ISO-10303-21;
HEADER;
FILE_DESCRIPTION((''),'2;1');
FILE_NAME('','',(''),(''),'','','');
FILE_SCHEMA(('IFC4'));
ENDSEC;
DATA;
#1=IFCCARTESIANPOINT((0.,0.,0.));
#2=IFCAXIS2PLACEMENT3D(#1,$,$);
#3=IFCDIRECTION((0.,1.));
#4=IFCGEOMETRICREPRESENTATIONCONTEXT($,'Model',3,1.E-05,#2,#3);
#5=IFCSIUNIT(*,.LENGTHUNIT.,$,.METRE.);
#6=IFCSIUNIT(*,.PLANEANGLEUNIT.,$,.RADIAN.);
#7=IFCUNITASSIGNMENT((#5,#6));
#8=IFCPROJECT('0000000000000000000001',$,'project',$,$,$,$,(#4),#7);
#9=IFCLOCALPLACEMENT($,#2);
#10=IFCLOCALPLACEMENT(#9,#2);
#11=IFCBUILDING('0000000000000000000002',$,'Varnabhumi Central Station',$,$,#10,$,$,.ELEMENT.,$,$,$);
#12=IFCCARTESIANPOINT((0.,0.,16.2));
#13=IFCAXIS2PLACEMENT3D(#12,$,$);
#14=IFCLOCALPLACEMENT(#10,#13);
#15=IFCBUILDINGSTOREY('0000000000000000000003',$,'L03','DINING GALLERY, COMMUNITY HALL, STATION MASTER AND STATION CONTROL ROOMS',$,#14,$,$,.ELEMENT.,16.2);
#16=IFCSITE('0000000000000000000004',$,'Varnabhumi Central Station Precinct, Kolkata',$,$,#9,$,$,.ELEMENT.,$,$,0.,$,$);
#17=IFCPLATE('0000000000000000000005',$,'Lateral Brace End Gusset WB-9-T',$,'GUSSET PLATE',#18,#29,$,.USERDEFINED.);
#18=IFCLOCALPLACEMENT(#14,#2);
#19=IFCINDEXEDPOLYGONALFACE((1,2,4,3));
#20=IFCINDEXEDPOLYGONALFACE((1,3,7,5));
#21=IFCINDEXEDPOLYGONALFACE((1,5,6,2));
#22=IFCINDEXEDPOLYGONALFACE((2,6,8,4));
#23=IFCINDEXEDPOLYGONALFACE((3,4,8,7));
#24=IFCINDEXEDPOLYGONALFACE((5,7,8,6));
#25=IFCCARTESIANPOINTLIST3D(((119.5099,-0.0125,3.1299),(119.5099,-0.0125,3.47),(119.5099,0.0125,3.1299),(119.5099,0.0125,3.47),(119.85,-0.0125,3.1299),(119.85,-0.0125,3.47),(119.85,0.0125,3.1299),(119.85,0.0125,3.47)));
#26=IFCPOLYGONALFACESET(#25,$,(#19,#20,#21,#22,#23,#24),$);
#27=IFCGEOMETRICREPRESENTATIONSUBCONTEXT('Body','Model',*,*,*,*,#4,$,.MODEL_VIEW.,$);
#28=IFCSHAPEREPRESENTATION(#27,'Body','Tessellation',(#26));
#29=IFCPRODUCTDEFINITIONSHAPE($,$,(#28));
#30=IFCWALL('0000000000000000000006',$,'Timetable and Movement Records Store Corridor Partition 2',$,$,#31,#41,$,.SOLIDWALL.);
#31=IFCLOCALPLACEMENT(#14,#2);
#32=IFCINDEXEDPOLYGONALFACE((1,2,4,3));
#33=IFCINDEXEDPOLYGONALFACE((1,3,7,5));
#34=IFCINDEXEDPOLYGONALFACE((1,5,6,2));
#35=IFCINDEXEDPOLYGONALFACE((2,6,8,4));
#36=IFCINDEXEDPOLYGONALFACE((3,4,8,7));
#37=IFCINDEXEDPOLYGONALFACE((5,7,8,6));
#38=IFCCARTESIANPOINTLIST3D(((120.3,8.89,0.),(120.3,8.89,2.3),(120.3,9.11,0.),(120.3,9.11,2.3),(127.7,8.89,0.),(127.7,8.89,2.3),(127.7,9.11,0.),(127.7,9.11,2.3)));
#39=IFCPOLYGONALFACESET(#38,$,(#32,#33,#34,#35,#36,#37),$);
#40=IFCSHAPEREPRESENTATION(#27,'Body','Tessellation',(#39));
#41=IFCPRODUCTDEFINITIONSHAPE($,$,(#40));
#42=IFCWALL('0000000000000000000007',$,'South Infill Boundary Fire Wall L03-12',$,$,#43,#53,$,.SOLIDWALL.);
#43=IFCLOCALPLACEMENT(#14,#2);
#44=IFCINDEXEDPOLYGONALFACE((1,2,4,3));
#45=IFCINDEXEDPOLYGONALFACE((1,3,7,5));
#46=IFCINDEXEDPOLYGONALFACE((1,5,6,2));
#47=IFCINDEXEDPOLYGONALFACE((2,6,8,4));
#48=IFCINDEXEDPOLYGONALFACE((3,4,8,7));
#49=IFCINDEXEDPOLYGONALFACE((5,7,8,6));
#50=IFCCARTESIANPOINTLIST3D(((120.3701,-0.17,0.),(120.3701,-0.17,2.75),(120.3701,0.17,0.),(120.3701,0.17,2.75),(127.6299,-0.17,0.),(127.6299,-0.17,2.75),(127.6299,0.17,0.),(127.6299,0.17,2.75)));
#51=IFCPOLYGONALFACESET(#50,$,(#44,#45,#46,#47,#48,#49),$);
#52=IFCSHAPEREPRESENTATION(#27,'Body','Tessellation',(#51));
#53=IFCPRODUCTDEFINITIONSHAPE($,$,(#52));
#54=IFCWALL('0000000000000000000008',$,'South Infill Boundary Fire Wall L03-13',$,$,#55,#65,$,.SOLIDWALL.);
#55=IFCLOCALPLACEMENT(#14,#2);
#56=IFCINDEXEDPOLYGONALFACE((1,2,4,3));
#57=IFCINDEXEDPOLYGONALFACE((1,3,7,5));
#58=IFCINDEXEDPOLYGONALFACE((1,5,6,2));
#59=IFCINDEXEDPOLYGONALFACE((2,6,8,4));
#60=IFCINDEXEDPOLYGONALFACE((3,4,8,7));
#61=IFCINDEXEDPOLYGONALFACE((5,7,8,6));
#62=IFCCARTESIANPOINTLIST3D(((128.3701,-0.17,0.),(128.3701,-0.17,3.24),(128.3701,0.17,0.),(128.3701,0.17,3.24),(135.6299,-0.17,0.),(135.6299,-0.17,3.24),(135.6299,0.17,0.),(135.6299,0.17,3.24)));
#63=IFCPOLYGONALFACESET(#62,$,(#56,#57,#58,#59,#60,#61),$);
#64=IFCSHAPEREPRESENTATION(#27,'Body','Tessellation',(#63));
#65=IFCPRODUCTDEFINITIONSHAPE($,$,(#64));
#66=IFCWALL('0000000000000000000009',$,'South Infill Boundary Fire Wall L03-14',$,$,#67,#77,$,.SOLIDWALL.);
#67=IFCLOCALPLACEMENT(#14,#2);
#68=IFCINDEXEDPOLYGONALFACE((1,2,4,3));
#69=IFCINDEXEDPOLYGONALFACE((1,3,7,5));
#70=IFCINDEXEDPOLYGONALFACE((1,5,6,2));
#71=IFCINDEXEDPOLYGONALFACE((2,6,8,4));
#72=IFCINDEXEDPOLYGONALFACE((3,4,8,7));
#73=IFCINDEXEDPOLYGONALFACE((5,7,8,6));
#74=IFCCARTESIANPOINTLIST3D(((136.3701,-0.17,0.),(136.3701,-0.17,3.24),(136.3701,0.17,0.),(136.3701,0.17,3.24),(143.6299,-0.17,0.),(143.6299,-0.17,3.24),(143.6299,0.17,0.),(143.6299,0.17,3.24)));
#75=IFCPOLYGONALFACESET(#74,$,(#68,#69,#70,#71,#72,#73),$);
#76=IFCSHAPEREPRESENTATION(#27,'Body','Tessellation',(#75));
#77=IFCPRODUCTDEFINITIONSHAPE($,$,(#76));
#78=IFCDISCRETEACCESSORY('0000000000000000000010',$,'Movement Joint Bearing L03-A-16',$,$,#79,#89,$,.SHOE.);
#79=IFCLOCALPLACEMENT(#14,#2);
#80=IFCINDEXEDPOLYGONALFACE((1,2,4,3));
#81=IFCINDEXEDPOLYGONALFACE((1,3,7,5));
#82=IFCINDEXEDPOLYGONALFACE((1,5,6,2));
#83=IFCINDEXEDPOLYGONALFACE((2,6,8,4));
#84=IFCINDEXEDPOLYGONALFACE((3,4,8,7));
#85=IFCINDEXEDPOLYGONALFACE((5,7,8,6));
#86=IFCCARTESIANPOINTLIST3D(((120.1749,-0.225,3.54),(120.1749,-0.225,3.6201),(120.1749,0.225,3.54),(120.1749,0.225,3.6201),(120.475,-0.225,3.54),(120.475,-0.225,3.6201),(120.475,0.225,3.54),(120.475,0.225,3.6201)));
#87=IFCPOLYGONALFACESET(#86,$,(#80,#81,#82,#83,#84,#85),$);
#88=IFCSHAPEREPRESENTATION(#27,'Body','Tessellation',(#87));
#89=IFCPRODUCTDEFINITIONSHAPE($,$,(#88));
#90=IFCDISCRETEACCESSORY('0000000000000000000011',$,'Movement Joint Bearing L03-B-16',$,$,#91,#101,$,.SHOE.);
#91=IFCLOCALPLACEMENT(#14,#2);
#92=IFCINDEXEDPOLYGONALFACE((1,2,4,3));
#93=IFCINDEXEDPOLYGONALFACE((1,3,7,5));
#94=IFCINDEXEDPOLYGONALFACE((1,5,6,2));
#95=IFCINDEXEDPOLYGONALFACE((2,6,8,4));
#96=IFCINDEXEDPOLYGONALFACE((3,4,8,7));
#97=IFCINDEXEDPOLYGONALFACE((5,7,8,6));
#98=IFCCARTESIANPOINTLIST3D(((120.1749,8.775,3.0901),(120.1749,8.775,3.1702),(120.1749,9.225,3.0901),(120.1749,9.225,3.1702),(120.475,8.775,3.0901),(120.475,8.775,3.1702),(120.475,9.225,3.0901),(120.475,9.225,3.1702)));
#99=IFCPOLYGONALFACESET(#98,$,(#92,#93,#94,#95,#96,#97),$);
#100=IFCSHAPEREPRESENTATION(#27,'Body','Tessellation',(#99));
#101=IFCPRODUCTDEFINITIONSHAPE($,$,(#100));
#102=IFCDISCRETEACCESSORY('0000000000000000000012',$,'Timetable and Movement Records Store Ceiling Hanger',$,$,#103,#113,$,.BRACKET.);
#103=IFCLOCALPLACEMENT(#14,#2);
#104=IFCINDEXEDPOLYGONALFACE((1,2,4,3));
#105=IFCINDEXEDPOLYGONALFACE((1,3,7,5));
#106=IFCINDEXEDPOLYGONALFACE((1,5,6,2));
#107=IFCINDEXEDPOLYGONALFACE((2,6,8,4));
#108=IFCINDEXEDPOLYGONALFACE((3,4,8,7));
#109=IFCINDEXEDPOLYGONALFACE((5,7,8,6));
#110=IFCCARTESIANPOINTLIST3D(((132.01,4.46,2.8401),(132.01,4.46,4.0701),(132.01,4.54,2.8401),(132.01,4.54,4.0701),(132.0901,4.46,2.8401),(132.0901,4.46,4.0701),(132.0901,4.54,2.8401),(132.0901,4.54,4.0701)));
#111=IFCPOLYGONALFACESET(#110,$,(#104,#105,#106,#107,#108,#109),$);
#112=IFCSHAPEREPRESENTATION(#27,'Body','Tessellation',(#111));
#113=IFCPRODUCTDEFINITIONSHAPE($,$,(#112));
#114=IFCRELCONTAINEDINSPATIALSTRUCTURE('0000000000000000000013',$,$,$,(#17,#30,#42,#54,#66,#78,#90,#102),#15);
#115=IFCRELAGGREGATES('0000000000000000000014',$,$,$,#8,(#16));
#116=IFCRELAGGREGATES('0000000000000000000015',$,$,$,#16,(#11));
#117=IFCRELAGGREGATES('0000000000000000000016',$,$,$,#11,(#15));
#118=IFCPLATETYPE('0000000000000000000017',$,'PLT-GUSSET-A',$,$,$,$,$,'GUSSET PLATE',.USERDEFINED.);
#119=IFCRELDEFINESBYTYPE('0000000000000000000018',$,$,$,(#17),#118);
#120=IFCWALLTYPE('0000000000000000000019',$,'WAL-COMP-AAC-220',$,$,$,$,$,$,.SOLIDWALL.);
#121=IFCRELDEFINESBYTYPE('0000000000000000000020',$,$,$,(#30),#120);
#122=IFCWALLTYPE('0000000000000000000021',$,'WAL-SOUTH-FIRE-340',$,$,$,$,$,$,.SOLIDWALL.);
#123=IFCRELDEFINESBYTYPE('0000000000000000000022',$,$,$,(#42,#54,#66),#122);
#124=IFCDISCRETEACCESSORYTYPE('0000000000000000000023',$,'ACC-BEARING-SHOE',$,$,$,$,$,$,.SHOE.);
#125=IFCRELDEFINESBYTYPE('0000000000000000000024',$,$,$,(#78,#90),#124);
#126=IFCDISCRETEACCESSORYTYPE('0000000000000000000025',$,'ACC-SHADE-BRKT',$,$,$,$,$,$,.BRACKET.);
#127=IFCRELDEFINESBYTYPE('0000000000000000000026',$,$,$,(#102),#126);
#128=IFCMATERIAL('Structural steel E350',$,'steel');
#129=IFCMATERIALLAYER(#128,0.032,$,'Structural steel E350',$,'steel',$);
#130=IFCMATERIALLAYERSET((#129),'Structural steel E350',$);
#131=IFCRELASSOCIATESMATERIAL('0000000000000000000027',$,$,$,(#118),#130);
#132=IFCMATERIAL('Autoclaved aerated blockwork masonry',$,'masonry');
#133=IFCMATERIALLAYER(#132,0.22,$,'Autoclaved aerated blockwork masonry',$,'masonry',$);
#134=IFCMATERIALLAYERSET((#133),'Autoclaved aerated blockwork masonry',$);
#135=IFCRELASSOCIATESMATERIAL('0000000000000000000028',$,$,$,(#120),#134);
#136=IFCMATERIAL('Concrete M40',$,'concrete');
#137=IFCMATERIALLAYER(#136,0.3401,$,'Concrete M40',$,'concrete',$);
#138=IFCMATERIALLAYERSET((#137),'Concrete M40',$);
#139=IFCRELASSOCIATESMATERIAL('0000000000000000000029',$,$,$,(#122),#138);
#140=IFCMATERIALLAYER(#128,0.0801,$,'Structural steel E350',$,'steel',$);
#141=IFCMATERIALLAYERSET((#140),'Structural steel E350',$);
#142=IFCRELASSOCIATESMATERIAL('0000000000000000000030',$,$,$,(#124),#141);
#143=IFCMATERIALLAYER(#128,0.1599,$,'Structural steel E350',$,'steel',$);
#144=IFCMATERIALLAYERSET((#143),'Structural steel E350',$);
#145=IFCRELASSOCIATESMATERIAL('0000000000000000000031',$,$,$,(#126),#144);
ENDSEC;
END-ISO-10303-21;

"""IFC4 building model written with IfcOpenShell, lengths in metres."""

from ifc_helpers import new_model, si_unit, direction, frame, frame_2d, origin, origin_2d, place, context, subcontext, project, spatial, rectangle, extrude, material, layer, layer_set, type_object, element, save


model = new_model("IFC4")

# Units and contexts
model_context = context("Model", 3, precision=1e-05, world=origin(), true_north=direction((0.0, 1.0)))
body_context = subcontext(model_context, "Body", "Model", "MODEL_VIEW")
ifc_project = project(units=[si_unit("LENGTHUNIT", "METRE"), si_unit("PLANEANGLEUNIT", "RADIAN")], contexts=[model_context])

# Site, building, storey
site_placement = place(None, origin())
site = spatial("IfcSite", under=ifc_project, at=site_placement, Name="Varnabhumi Central Station Precinct, Kolkata", CompositionType="ELEMENT", RefElevation=0.0)
building_placement = place(site_placement, origin())
building = spatial("IfcBuilding", under=site, at=building_placement, Name="Varnabhumi Central Station", CompositionType="ELEMENT")
storey_placement = place(building_placement, frame((0.0, 0.0, 16.2)))
storey = spatial("IfcBuildingStorey", under=building, at=storey_placement, Name="L03", Description="DINING GALLERY, COMMUNITY HALL, STATION MASTER AND STATION CONTROL ROOMS", CompositionType="ELEMENT", Elevation=16.2)

# Shared definitions
ifc_material_1 = material(Name="Concrete M40", Category="concrete")

# Shared definitions
ifc_material_2 = material(Name="Structural steel E350", Category="steel")

# Plate
ifc_layer_1 = layer(ifc_material_2, 0.032, Name="Structural steel E350", Category="steel")
ifc_layer_set_1 = layer_set([ifc_layer_1], Name="Structural steel E350")
plate_type_1 = type_object("IfcPlateType", Name="PLT-GUSSET-A", ElementType="GUSSET PLATE", PredefinedType="USERDEFINED", material=ifc_layer_set_1)
plate_1_placement = place(storey_placement, frame((119.6799, 0.0, 3.1299), z_axis=(0.0, 0.0, 1.0), x_axis=(1.0, 0.0, 0.0)))
element("IfcPlate", 1, at=plate_1_placement, inside=storey, type_object=plate_type_1, Name="Lateral Brace End Gusset WB-9-T", ObjectType="GUSSET PLATE", PredefinedType="USERDEFINED", context=body_context, shape_type="SweptSolid", body=[
    extrude(rectangle(XDim=0.3401, YDim=0.0249, at=origin_2d()), origin(), (0.0, 0.0, 1.0), 0.3401),
])

# Walls
ifc_material_3 = material(Name="Autoclaved aerated blockwork masonry", Category="masonry")
ifc_layer_2 = layer(ifc_material_3, 0.22, Name="Autoclaved aerated blockwork masonry", Category="masonry")
ifc_layer_set_2 = layer_set([ifc_layer_2], Name="Autoclaved aerated blockwork masonry")
wall_type_1 = type_object("IfcWallType", Name="WAL-COMP-AAC-220", PredefinedType="SOLIDWALL", material=ifc_layer_set_2)
wall_1_placement = place(storey_placement, frame((120.3, 9.0, 0.0), z_axis=(0.0, 0.0, 1.0), x_axis=(1.0, 0.0, 0.0)))
element("IfcWall", 2, at=wall_1_placement, inside=storey, type_object=wall_type_1, Name="Timetable and Movement Records Store Corridor Partition 2", PredefinedType="SOLIDWALL", context=body_context, shape_type="SweptSolid", body=[
    extrude(rectangle(XDim=7.3999, YDim=0.22, at=frame_2d((3.7, 0.0))), origin(), (0.0, 0.0, 1.0), 2.3),
])
ifc_layer_3 = layer(ifc_material_1, 0.3401, Name="Concrete M40", Category="concrete")
ifc_layer_set_3 = layer_set([ifc_layer_3], Name="Concrete M40")
wall_type_2 = type_object("IfcWallType", Name="WAL-SOUTH-FIRE-340", PredefinedType="SOLIDWALL", material=ifc_layer_set_3)
wall_2_placement = place(storey_placement, frame((120.3701, 0.0, 0.0), z_axis=(0.0, 0.0, 1.0), x_axis=(1.0, 0.0, 0.0)))
element("IfcWall", 3, at=wall_2_placement, inside=storey, type_object=wall_type_2, Name="South Infill Boundary Fire Wall L03-12", PredefinedType="SOLIDWALL", context=body_context, shape_type="SweptSolid", body=[
    extrude(rectangle(XDim=7.2598, YDim=0.3401, at=frame_2d((3.6299, 0.0))), origin(), (0.0, 0.0, 1.0), 2.75),
])
for number, where, z_axis, x_axis, name in (
    (4, (128.3701, 0.0, 0.0), (0.0, 0.0, 1.0), (1.0, 0.0, 0.0), "South Infill Boundary Fire Wall L03-13"),
    (5, (136.3701, 0.0, 0.0), (0.0, 0.0, 1.0), (1.0, 0.0, 0.0), "South Infill Boundary Fire Wall L03-14"),
):
    element("IfcWall", number, at=place(storey_placement, frame(where, z_axis=z_axis, x_axis=x_axis)), inside=storey, type_object=wall_type_2, Name=name, PredefinedType="SOLIDWALL", context=body_context, shape_type="SweptSolid", body=[
        extrude(rectangle(XDim=7.2598, YDim=0.3401, at=frame_2d((3.6299, 0.0))), origin(), (0.0, 0.0, 1.0), 3.24),
    ])

# Discrete accessories
ifc_layer_4 = layer(ifc_material_2, 0.0801, Name="Structural steel E350", Category="steel")
ifc_layer_set_4 = layer_set([ifc_layer_4], Name="Structural steel E350")
discrete_accessory_type_1 = type_object("IfcDiscreteAccessoryType", Name="ACC-BEARING-SHOE", PredefinedType="SHOE", material=ifc_layer_set_4)
for number, where, z_axis, x_axis, name in (
    (6, (120.325, 0.0, 3.54), (0.0, 0.0, 1.0), (1.0, 0.0, 0.0), "Movement Joint Bearing L03-A-16"),
    (7, (120.325, 9.0, 3.0901), (0.0, 0.0, 1.0), (1.0, 0.0, 0.0), "Movement Joint Bearing L03-B-16"),
):
    element("IfcDiscreteAccessory", number, at=place(storey_placement, frame(where, z_axis=z_axis, x_axis=x_axis)), inside=storey, type_object=discrete_accessory_type_1, Name=name, PredefinedType="SHOE", context=body_context, shape_type="SweptSolid", body=[
        extrude(rectangle(XDim=0.3, YDim=0.45, at=origin_2d()), origin(), (0.0, 0.0, 1.0), 0.0801),
    ])
ifc_layer_5 = layer(ifc_material_2, 0.1599, Name="Structural steel E350", Category="steel")
ifc_layer_set_5 = layer_set([ifc_layer_5], Name="Structural steel E350")
discrete_accessory_type_2 = type_object("IfcDiscreteAccessoryType", Name="ACC-SHADE-BRKT", PredefinedType="BRACKET", material=ifc_layer_set_5)
discrete_accessory_placement = place(storey_placement, frame((132.05, 4.5, 2.8401), z_axis=(0.0, 0.0, 1.0), x_axis=(1.0, 0.0, 0.0)))
element("IfcDiscreteAccessory", 8, at=discrete_accessory_placement, inside=storey, type_object=discrete_accessory_type_2, Name="Timetable and Movement Records Store Ceiling Hanger", PredefinedType="BRACKET", context=body_context, shape_type="SweptSolid", body=[
    extrude(rectangle(XDim=0.0801, YDim=0.0801, at=origin_2d()), origin(), (0.0, 0.0, 1.0), 1.23),
])

save(model, "model.ifc")
